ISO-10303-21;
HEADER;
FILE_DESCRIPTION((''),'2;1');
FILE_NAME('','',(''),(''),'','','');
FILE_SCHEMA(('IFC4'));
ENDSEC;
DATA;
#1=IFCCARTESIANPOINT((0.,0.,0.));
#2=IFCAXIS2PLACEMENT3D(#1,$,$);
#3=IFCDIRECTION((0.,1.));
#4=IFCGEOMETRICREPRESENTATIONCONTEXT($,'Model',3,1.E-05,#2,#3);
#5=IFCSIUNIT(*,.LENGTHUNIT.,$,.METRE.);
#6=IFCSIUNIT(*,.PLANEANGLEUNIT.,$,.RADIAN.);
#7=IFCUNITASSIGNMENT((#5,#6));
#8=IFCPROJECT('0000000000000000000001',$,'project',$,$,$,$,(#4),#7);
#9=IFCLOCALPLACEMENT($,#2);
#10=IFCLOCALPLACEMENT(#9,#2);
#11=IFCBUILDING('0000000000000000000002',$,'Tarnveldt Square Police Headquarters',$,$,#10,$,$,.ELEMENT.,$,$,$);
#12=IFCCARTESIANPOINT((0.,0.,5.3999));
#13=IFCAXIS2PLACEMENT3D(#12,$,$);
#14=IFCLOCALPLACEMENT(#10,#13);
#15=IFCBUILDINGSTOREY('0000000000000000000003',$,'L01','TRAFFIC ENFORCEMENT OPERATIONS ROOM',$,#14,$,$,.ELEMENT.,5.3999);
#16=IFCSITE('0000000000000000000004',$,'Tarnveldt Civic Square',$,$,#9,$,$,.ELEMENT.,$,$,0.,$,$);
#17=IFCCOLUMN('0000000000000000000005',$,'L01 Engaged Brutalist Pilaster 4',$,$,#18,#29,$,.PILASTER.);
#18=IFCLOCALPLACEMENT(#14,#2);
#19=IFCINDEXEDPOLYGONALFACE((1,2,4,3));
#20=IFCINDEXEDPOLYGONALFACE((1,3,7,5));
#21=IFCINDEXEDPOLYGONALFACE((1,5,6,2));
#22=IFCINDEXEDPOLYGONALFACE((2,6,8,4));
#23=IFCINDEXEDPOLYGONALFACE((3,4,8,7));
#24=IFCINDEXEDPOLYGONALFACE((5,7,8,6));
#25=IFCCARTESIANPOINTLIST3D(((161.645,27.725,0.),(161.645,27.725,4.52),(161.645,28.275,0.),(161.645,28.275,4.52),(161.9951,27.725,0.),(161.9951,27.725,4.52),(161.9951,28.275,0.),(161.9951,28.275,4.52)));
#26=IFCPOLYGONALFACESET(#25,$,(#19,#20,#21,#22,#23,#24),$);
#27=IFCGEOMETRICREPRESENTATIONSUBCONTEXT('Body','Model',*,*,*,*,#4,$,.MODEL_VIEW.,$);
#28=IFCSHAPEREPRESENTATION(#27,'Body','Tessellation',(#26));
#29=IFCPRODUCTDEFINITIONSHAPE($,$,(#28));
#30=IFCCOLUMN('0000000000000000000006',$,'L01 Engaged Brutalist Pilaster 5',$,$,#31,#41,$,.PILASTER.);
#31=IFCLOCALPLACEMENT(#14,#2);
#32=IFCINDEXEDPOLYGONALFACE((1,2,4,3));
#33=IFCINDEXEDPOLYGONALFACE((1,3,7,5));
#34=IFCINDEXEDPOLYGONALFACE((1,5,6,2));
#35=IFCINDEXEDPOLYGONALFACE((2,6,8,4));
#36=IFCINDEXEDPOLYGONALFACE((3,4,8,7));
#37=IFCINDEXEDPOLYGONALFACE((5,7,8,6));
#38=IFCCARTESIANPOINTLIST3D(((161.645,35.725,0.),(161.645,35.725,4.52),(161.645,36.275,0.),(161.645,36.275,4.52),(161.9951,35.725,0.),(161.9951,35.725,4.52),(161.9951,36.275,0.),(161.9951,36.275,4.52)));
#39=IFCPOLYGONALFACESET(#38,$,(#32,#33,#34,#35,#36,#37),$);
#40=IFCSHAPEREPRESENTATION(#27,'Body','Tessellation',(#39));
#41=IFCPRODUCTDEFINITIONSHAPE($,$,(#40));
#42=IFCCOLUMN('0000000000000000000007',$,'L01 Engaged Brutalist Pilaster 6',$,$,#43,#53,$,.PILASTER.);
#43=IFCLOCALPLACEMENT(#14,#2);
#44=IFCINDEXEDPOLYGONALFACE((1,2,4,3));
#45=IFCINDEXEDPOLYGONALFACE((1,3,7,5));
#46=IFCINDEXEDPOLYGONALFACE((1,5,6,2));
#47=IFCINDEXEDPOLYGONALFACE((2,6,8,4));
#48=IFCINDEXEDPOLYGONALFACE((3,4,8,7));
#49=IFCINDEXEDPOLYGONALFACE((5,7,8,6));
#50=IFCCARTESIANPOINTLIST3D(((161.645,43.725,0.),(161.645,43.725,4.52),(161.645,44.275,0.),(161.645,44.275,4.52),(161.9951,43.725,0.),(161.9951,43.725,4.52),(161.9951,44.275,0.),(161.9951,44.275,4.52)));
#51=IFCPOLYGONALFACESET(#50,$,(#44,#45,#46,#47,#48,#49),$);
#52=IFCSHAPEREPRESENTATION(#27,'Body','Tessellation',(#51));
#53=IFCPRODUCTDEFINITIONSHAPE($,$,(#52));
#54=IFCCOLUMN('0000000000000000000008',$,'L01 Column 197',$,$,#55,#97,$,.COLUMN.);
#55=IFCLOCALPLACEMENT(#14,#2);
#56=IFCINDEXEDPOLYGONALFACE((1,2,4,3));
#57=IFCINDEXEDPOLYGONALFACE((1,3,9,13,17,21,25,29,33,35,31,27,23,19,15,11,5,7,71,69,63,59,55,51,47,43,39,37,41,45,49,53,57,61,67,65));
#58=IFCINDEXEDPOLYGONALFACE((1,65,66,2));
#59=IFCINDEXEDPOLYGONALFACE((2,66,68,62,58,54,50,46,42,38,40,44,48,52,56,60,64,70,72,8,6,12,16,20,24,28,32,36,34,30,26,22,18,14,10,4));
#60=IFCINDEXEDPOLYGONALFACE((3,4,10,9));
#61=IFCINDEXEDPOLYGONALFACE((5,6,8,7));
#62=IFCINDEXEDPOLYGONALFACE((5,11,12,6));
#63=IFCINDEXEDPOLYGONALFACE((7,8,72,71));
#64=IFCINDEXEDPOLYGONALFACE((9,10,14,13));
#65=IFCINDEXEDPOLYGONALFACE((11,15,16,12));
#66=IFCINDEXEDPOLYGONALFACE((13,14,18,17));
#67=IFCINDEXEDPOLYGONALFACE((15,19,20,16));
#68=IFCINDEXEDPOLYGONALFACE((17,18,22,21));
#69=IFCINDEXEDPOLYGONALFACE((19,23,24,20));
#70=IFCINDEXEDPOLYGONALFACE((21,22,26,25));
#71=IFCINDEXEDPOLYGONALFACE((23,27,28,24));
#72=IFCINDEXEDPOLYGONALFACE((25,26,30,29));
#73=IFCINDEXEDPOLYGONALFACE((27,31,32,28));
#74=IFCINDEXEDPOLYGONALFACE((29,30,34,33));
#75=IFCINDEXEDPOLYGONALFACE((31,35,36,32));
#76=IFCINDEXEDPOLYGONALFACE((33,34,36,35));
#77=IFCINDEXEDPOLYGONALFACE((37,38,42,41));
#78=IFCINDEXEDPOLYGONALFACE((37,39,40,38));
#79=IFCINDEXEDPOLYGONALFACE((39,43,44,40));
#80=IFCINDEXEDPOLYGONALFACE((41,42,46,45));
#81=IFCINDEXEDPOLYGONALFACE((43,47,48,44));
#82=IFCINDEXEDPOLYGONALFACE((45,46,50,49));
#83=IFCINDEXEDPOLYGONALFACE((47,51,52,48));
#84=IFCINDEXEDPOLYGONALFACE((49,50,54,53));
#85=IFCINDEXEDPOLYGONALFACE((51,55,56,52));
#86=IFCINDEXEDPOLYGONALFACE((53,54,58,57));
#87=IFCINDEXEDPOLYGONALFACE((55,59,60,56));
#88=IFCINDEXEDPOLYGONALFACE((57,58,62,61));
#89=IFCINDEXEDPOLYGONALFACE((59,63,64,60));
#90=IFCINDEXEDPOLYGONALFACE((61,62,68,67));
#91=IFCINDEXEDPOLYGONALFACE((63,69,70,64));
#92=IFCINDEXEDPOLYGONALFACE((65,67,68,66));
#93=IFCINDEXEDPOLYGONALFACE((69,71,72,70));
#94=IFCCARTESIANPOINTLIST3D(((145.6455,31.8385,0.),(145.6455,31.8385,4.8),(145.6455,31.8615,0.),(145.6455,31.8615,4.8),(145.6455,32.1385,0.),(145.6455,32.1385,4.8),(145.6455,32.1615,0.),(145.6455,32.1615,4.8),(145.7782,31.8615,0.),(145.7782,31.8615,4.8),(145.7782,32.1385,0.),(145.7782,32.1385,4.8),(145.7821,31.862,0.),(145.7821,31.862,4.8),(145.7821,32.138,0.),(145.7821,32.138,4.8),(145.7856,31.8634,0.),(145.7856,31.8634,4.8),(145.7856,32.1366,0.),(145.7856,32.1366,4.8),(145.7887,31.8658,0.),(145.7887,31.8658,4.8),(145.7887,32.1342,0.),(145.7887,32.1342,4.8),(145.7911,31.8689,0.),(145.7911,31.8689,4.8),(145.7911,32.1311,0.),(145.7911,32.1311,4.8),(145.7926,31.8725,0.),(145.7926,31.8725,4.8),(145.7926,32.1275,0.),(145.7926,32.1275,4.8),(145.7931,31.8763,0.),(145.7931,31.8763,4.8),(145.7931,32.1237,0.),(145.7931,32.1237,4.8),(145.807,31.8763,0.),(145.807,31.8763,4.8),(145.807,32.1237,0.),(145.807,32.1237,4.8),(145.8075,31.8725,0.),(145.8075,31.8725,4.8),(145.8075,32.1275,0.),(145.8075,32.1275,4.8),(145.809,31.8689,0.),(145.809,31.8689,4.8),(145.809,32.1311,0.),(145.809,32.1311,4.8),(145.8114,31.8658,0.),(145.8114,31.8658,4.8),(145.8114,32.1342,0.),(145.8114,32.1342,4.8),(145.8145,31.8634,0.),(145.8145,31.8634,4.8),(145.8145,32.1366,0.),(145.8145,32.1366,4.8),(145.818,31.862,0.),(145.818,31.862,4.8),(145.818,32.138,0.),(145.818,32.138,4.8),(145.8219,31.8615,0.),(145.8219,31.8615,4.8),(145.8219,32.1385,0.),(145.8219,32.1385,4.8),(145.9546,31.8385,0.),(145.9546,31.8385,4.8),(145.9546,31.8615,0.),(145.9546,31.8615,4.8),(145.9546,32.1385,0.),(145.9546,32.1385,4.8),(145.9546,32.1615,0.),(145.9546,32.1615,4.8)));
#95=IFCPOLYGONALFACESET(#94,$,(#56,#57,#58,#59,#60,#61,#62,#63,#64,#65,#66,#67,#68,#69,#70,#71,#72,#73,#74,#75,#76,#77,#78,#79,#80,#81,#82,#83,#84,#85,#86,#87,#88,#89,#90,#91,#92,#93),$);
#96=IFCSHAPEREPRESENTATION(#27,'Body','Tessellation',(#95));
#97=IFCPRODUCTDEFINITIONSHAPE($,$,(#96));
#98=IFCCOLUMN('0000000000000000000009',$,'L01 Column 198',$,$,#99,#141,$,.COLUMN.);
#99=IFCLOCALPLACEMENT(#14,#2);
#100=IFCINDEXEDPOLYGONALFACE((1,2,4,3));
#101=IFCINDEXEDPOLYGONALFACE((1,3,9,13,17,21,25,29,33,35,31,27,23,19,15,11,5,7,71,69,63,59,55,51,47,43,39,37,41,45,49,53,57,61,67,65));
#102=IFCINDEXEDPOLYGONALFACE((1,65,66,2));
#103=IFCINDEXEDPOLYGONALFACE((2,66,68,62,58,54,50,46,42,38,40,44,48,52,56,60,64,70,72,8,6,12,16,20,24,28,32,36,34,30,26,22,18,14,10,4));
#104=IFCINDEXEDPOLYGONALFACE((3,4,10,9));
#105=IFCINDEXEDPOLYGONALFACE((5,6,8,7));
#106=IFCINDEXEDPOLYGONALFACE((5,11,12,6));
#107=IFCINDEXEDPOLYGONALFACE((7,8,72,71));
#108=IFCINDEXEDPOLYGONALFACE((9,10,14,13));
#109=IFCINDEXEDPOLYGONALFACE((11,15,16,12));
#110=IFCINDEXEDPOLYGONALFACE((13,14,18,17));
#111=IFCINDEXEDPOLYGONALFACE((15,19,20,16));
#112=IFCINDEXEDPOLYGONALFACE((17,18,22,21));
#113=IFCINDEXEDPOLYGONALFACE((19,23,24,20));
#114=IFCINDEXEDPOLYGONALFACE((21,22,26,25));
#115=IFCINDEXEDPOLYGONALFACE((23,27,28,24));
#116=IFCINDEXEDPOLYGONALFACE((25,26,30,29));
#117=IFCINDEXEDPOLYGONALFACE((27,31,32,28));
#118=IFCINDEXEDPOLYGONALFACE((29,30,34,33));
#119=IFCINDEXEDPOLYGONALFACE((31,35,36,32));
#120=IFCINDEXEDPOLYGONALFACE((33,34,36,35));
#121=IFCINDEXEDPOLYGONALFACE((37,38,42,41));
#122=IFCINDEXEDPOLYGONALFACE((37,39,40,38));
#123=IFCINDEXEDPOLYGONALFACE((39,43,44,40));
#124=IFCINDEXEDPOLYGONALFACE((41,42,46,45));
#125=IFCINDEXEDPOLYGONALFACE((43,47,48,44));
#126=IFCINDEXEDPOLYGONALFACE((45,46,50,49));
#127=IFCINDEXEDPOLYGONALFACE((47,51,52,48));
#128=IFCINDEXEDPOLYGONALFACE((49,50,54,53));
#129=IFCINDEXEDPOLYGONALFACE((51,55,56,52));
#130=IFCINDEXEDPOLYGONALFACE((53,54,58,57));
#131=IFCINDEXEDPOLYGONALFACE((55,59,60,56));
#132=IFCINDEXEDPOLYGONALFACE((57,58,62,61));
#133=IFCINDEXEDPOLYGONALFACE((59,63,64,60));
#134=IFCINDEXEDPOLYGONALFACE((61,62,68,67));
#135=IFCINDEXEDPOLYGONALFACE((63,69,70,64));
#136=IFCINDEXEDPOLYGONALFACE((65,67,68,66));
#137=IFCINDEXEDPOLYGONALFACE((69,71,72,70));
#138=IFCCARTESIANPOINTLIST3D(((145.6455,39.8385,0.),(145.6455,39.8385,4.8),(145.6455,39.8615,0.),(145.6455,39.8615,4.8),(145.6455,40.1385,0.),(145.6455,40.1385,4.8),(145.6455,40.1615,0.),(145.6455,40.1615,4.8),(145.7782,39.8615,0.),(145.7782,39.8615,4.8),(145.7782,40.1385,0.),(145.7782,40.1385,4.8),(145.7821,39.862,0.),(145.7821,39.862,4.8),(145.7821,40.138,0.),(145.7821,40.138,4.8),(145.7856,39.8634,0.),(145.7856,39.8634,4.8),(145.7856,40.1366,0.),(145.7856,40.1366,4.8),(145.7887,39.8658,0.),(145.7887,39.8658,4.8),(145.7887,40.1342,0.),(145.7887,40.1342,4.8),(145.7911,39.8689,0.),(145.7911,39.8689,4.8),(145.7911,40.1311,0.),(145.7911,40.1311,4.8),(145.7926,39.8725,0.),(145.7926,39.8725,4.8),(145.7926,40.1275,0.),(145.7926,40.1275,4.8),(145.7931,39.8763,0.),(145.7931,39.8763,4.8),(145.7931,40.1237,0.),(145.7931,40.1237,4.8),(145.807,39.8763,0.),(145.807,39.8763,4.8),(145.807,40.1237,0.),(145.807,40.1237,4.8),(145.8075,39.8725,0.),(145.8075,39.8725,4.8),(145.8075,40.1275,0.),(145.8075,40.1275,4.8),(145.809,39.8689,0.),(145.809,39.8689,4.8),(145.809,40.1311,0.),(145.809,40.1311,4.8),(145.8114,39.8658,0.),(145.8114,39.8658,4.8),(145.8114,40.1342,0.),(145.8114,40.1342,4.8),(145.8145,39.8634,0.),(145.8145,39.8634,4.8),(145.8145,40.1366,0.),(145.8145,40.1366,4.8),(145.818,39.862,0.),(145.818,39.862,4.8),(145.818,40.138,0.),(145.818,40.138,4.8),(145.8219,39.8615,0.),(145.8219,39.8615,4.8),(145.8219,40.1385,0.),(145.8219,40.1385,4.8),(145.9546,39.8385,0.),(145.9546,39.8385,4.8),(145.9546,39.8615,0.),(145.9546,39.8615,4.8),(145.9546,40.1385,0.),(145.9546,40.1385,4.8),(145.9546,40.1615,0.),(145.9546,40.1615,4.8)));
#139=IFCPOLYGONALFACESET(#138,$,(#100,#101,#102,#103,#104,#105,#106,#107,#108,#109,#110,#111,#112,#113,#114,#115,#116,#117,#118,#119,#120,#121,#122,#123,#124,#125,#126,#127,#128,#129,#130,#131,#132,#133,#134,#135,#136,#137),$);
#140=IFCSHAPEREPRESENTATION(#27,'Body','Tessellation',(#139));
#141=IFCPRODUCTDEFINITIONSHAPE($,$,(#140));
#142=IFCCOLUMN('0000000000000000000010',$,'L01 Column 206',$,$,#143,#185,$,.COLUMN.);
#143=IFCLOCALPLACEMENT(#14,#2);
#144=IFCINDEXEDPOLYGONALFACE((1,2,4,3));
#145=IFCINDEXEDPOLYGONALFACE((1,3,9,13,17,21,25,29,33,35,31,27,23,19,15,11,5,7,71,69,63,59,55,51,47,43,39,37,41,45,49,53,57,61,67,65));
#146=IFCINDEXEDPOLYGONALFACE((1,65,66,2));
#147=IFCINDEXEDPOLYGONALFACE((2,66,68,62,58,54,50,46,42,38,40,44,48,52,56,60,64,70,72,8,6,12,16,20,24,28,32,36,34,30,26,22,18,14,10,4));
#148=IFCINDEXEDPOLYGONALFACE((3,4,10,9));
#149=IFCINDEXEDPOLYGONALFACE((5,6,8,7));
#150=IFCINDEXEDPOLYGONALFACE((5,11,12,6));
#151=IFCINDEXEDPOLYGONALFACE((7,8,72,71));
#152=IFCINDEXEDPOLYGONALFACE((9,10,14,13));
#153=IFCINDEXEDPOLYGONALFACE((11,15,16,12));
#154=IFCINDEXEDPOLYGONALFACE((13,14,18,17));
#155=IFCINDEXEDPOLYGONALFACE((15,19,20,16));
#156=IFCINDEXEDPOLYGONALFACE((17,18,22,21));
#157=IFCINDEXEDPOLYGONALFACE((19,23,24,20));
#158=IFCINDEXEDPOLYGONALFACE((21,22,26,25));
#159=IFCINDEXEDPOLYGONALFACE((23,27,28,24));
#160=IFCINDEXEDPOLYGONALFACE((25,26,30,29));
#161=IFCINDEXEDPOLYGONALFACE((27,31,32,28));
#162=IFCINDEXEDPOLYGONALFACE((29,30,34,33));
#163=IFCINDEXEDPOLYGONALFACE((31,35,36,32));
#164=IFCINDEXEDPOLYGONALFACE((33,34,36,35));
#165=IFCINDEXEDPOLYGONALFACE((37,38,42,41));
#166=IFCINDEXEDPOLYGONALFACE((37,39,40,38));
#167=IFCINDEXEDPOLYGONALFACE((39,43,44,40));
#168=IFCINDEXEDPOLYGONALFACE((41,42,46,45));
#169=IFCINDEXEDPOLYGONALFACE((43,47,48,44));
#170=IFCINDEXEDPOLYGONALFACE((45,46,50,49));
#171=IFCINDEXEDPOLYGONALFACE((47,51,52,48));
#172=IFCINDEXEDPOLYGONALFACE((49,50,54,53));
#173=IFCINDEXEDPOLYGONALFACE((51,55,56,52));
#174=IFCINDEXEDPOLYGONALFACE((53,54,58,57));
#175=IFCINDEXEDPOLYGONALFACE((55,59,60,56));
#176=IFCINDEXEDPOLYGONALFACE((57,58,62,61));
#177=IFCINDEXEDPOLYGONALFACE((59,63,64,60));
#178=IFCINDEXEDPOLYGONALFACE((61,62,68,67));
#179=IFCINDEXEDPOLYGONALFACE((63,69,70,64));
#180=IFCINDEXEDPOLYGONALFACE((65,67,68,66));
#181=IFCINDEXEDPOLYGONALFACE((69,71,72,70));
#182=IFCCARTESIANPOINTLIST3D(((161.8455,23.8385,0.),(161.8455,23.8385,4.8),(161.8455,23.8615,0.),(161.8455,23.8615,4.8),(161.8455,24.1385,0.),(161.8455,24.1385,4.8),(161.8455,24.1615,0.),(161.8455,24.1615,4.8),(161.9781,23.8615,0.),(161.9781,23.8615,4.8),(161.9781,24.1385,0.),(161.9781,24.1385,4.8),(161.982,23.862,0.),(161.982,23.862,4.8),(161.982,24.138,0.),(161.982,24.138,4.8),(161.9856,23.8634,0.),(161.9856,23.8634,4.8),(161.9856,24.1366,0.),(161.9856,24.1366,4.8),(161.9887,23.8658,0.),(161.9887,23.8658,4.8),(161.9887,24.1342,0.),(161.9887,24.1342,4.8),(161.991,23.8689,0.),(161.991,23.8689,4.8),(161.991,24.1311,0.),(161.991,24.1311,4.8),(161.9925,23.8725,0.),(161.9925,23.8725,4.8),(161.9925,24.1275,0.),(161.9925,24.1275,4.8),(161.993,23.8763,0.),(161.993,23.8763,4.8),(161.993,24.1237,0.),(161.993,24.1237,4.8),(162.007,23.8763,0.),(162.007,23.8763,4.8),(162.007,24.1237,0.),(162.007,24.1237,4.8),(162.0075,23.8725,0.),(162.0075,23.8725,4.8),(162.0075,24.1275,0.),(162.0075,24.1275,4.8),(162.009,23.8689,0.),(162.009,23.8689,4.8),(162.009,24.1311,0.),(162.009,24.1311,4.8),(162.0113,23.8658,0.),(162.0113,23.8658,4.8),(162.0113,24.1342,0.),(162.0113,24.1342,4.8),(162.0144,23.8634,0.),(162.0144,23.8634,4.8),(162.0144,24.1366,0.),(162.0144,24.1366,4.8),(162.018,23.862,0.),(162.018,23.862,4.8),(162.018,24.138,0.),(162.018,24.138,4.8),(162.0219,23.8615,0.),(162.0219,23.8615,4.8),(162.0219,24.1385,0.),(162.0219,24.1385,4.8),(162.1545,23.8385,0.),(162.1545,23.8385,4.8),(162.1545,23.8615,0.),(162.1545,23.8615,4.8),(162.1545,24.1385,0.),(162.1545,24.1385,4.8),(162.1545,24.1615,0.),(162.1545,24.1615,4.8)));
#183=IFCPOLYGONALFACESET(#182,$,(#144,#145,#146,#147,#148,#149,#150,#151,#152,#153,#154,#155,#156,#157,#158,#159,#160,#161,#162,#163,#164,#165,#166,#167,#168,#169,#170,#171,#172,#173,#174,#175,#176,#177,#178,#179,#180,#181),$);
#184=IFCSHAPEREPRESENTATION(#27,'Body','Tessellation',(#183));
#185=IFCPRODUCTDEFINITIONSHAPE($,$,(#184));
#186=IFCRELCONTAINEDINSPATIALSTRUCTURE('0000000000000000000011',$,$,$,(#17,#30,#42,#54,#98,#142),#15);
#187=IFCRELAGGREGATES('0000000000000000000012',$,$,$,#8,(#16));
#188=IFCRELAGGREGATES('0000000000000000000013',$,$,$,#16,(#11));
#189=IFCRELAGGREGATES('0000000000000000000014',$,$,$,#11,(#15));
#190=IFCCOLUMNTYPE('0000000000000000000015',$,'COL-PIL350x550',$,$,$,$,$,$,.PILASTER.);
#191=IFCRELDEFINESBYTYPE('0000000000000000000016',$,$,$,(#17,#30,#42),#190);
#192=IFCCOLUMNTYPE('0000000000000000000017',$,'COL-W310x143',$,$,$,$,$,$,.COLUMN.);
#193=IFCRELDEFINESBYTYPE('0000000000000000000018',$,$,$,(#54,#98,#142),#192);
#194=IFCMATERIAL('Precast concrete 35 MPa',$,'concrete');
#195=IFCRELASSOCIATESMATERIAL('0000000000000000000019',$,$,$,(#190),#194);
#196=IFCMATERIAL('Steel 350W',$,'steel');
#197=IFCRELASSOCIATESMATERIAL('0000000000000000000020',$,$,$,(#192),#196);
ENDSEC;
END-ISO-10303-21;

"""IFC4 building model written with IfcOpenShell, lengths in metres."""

from ifc_helpers import new_model, si_unit, direction, frame, origin, origin_2d, place, context, subcontext, project, spatial, rectangle, i_section, extrude, material, material_profile, profile_set, type_object, element, save


model = new_model("IFC4")

# Units and contexts
model_context = context("Model", 3, precision=1e-05, world=origin(), true_north=direction((0.0, 1.0)))
body_context = subcontext(model_context, "Body", "Model", "MODEL_VIEW")
ifc_project = project(units=[si_unit("LENGTHUNIT", "METRE"), si_unit("PLANEANGLEUNIT", "RADIAN")], contexts=[model_context])

# Site, building, storey
site_placement = place(None, origin())
site = spatial("IfcSite", under=ifc_project, at=site_placement, Name="Tarnveldt Civic Square", CompositionType="ELEMENT", RefElevation=0.0)
building_placement = place(site_placement, origin())
building = spatial("IfcBuilding", under=site, at=building_placement, Name="Tarnveldt Square Police Headquarters", CompositionType="ELEMENT")
storey_placement = place(building_placement, frame((0.0, 0.0, 5.3999)))
storey = spatial("IfcBuildingStorey", under=building, at=storey_placement, Name="L01", Description="TRAFFIC ENFORCEMENT OPERATIONS ROOM", CompositionType="ELEMENT", Elevation=5.3999)

# Columns
ifc_material_1 = material(Name="Precast concrete 35 MPa", Category="concrete")
ifc_material_profile_1 = material_profile(ifc_material_1, rectangle(XDim=0.3501, YDim=0.55, at=origin_2d()), Name="RC-PIL350x550")
ifc_profile_set_1 = profile_set([ifc_material_profile_1], Name="Precast concrete 35 MPa")
column_type_1 = type_object("IfcColumnType", Name="COL-PIL350x550", PredefinedType="PILASTER", material=ifc_profile_set_1)
for number, where, z_axis, x_axis, name in (
    (1, (161.8201, 28.0, 0.0), (0.0, 0.0, 1.0), (1.0, 0.0, 0.0), "L01 Engaged Brutalist Pilaster 4"),
    (2, (161.8201, 36.0, 0.0), (0.0, 0.0, 1.0), (1.0, 0.0, 0.0), "L01 Engaged Brutalist Pilaster 5"),
    (3, (161.8201, 44.0, 0.0), (0.0, 0.0, 1.0), (1.0, 0.0, 0.0), "L01 Engaged Brutalist Pilaster 6"),
):
    element("IfcColumn", number, at=place(storey_placement, frame(where, z_axis=z_axis, x_axis=x_axis)), inside=storey, type_object=column_type_1, Name=name, PredefinedType="PILASTER", context=body_context, shape_type="SweptSolid", body=[
        extrude(rectangle(XDim=0.3501, YDim=0.55, at=origin_2d()), origin(), (0.0, 0.0, 1.0), 4.52),
    ])
ifc_material_2 = material(Name="Steel 350W", Category="steel")
ifc_material_profile_2 = material_profile(ifc_material_2, i_section(OverallWidth=0.3091, OverallDepth=0.323, WebThickness=0.0139, FlangeThickness=0.0229, FilletRadius=0.0149, at=origin_2d()), Name="W310x143")
ifc_profile_set_2 = profile_set([ifc_material_profile_2], Name="Steel 350W")
column_type_2 = type_object("IfcColumnType", Name="COL-W310x143", PredefinedType="COLUMN", material=ifc_profile_set_2)
for number, where, z_axis, x_axis, name in (
    (4, (145.8, 32.0, 0.0), (0.0, 0.0, 1.0), (1.0, 0.0, 0.0), "L01 Column 197"),
    (5, (145.8, 40.0, 0.0), (0.0, 0.0, 1.0), (1.0, 0.0, 0.0), "L01 Column 198"),
    (6, (162.0, 24.0, 0.0), (0.0, 0.0, 1.0), (1.0, 0.0, 0.0), "L01 Column 206"),
):
    element("IfcColumn", number, at=place(storey_placement, frame(where, z_axis=z_axis, x_axis=x_axis)), inside=storey, type_object=column_type_2, Name=name, PredefinedType="COLUMN", context=body_context, shape_type="SweptSolid", body=[
        extrude(i_section(OverallWidth=0.3091, OverallDepth=0.323, WebThickness=0.0139, FlangeThickness=0.0229, FilletRadius=0.0149, at=origin_2d()), origin(), (0.0, 0.0, 1.0), 4.8),
    ])

save(model, "model.ifc")
